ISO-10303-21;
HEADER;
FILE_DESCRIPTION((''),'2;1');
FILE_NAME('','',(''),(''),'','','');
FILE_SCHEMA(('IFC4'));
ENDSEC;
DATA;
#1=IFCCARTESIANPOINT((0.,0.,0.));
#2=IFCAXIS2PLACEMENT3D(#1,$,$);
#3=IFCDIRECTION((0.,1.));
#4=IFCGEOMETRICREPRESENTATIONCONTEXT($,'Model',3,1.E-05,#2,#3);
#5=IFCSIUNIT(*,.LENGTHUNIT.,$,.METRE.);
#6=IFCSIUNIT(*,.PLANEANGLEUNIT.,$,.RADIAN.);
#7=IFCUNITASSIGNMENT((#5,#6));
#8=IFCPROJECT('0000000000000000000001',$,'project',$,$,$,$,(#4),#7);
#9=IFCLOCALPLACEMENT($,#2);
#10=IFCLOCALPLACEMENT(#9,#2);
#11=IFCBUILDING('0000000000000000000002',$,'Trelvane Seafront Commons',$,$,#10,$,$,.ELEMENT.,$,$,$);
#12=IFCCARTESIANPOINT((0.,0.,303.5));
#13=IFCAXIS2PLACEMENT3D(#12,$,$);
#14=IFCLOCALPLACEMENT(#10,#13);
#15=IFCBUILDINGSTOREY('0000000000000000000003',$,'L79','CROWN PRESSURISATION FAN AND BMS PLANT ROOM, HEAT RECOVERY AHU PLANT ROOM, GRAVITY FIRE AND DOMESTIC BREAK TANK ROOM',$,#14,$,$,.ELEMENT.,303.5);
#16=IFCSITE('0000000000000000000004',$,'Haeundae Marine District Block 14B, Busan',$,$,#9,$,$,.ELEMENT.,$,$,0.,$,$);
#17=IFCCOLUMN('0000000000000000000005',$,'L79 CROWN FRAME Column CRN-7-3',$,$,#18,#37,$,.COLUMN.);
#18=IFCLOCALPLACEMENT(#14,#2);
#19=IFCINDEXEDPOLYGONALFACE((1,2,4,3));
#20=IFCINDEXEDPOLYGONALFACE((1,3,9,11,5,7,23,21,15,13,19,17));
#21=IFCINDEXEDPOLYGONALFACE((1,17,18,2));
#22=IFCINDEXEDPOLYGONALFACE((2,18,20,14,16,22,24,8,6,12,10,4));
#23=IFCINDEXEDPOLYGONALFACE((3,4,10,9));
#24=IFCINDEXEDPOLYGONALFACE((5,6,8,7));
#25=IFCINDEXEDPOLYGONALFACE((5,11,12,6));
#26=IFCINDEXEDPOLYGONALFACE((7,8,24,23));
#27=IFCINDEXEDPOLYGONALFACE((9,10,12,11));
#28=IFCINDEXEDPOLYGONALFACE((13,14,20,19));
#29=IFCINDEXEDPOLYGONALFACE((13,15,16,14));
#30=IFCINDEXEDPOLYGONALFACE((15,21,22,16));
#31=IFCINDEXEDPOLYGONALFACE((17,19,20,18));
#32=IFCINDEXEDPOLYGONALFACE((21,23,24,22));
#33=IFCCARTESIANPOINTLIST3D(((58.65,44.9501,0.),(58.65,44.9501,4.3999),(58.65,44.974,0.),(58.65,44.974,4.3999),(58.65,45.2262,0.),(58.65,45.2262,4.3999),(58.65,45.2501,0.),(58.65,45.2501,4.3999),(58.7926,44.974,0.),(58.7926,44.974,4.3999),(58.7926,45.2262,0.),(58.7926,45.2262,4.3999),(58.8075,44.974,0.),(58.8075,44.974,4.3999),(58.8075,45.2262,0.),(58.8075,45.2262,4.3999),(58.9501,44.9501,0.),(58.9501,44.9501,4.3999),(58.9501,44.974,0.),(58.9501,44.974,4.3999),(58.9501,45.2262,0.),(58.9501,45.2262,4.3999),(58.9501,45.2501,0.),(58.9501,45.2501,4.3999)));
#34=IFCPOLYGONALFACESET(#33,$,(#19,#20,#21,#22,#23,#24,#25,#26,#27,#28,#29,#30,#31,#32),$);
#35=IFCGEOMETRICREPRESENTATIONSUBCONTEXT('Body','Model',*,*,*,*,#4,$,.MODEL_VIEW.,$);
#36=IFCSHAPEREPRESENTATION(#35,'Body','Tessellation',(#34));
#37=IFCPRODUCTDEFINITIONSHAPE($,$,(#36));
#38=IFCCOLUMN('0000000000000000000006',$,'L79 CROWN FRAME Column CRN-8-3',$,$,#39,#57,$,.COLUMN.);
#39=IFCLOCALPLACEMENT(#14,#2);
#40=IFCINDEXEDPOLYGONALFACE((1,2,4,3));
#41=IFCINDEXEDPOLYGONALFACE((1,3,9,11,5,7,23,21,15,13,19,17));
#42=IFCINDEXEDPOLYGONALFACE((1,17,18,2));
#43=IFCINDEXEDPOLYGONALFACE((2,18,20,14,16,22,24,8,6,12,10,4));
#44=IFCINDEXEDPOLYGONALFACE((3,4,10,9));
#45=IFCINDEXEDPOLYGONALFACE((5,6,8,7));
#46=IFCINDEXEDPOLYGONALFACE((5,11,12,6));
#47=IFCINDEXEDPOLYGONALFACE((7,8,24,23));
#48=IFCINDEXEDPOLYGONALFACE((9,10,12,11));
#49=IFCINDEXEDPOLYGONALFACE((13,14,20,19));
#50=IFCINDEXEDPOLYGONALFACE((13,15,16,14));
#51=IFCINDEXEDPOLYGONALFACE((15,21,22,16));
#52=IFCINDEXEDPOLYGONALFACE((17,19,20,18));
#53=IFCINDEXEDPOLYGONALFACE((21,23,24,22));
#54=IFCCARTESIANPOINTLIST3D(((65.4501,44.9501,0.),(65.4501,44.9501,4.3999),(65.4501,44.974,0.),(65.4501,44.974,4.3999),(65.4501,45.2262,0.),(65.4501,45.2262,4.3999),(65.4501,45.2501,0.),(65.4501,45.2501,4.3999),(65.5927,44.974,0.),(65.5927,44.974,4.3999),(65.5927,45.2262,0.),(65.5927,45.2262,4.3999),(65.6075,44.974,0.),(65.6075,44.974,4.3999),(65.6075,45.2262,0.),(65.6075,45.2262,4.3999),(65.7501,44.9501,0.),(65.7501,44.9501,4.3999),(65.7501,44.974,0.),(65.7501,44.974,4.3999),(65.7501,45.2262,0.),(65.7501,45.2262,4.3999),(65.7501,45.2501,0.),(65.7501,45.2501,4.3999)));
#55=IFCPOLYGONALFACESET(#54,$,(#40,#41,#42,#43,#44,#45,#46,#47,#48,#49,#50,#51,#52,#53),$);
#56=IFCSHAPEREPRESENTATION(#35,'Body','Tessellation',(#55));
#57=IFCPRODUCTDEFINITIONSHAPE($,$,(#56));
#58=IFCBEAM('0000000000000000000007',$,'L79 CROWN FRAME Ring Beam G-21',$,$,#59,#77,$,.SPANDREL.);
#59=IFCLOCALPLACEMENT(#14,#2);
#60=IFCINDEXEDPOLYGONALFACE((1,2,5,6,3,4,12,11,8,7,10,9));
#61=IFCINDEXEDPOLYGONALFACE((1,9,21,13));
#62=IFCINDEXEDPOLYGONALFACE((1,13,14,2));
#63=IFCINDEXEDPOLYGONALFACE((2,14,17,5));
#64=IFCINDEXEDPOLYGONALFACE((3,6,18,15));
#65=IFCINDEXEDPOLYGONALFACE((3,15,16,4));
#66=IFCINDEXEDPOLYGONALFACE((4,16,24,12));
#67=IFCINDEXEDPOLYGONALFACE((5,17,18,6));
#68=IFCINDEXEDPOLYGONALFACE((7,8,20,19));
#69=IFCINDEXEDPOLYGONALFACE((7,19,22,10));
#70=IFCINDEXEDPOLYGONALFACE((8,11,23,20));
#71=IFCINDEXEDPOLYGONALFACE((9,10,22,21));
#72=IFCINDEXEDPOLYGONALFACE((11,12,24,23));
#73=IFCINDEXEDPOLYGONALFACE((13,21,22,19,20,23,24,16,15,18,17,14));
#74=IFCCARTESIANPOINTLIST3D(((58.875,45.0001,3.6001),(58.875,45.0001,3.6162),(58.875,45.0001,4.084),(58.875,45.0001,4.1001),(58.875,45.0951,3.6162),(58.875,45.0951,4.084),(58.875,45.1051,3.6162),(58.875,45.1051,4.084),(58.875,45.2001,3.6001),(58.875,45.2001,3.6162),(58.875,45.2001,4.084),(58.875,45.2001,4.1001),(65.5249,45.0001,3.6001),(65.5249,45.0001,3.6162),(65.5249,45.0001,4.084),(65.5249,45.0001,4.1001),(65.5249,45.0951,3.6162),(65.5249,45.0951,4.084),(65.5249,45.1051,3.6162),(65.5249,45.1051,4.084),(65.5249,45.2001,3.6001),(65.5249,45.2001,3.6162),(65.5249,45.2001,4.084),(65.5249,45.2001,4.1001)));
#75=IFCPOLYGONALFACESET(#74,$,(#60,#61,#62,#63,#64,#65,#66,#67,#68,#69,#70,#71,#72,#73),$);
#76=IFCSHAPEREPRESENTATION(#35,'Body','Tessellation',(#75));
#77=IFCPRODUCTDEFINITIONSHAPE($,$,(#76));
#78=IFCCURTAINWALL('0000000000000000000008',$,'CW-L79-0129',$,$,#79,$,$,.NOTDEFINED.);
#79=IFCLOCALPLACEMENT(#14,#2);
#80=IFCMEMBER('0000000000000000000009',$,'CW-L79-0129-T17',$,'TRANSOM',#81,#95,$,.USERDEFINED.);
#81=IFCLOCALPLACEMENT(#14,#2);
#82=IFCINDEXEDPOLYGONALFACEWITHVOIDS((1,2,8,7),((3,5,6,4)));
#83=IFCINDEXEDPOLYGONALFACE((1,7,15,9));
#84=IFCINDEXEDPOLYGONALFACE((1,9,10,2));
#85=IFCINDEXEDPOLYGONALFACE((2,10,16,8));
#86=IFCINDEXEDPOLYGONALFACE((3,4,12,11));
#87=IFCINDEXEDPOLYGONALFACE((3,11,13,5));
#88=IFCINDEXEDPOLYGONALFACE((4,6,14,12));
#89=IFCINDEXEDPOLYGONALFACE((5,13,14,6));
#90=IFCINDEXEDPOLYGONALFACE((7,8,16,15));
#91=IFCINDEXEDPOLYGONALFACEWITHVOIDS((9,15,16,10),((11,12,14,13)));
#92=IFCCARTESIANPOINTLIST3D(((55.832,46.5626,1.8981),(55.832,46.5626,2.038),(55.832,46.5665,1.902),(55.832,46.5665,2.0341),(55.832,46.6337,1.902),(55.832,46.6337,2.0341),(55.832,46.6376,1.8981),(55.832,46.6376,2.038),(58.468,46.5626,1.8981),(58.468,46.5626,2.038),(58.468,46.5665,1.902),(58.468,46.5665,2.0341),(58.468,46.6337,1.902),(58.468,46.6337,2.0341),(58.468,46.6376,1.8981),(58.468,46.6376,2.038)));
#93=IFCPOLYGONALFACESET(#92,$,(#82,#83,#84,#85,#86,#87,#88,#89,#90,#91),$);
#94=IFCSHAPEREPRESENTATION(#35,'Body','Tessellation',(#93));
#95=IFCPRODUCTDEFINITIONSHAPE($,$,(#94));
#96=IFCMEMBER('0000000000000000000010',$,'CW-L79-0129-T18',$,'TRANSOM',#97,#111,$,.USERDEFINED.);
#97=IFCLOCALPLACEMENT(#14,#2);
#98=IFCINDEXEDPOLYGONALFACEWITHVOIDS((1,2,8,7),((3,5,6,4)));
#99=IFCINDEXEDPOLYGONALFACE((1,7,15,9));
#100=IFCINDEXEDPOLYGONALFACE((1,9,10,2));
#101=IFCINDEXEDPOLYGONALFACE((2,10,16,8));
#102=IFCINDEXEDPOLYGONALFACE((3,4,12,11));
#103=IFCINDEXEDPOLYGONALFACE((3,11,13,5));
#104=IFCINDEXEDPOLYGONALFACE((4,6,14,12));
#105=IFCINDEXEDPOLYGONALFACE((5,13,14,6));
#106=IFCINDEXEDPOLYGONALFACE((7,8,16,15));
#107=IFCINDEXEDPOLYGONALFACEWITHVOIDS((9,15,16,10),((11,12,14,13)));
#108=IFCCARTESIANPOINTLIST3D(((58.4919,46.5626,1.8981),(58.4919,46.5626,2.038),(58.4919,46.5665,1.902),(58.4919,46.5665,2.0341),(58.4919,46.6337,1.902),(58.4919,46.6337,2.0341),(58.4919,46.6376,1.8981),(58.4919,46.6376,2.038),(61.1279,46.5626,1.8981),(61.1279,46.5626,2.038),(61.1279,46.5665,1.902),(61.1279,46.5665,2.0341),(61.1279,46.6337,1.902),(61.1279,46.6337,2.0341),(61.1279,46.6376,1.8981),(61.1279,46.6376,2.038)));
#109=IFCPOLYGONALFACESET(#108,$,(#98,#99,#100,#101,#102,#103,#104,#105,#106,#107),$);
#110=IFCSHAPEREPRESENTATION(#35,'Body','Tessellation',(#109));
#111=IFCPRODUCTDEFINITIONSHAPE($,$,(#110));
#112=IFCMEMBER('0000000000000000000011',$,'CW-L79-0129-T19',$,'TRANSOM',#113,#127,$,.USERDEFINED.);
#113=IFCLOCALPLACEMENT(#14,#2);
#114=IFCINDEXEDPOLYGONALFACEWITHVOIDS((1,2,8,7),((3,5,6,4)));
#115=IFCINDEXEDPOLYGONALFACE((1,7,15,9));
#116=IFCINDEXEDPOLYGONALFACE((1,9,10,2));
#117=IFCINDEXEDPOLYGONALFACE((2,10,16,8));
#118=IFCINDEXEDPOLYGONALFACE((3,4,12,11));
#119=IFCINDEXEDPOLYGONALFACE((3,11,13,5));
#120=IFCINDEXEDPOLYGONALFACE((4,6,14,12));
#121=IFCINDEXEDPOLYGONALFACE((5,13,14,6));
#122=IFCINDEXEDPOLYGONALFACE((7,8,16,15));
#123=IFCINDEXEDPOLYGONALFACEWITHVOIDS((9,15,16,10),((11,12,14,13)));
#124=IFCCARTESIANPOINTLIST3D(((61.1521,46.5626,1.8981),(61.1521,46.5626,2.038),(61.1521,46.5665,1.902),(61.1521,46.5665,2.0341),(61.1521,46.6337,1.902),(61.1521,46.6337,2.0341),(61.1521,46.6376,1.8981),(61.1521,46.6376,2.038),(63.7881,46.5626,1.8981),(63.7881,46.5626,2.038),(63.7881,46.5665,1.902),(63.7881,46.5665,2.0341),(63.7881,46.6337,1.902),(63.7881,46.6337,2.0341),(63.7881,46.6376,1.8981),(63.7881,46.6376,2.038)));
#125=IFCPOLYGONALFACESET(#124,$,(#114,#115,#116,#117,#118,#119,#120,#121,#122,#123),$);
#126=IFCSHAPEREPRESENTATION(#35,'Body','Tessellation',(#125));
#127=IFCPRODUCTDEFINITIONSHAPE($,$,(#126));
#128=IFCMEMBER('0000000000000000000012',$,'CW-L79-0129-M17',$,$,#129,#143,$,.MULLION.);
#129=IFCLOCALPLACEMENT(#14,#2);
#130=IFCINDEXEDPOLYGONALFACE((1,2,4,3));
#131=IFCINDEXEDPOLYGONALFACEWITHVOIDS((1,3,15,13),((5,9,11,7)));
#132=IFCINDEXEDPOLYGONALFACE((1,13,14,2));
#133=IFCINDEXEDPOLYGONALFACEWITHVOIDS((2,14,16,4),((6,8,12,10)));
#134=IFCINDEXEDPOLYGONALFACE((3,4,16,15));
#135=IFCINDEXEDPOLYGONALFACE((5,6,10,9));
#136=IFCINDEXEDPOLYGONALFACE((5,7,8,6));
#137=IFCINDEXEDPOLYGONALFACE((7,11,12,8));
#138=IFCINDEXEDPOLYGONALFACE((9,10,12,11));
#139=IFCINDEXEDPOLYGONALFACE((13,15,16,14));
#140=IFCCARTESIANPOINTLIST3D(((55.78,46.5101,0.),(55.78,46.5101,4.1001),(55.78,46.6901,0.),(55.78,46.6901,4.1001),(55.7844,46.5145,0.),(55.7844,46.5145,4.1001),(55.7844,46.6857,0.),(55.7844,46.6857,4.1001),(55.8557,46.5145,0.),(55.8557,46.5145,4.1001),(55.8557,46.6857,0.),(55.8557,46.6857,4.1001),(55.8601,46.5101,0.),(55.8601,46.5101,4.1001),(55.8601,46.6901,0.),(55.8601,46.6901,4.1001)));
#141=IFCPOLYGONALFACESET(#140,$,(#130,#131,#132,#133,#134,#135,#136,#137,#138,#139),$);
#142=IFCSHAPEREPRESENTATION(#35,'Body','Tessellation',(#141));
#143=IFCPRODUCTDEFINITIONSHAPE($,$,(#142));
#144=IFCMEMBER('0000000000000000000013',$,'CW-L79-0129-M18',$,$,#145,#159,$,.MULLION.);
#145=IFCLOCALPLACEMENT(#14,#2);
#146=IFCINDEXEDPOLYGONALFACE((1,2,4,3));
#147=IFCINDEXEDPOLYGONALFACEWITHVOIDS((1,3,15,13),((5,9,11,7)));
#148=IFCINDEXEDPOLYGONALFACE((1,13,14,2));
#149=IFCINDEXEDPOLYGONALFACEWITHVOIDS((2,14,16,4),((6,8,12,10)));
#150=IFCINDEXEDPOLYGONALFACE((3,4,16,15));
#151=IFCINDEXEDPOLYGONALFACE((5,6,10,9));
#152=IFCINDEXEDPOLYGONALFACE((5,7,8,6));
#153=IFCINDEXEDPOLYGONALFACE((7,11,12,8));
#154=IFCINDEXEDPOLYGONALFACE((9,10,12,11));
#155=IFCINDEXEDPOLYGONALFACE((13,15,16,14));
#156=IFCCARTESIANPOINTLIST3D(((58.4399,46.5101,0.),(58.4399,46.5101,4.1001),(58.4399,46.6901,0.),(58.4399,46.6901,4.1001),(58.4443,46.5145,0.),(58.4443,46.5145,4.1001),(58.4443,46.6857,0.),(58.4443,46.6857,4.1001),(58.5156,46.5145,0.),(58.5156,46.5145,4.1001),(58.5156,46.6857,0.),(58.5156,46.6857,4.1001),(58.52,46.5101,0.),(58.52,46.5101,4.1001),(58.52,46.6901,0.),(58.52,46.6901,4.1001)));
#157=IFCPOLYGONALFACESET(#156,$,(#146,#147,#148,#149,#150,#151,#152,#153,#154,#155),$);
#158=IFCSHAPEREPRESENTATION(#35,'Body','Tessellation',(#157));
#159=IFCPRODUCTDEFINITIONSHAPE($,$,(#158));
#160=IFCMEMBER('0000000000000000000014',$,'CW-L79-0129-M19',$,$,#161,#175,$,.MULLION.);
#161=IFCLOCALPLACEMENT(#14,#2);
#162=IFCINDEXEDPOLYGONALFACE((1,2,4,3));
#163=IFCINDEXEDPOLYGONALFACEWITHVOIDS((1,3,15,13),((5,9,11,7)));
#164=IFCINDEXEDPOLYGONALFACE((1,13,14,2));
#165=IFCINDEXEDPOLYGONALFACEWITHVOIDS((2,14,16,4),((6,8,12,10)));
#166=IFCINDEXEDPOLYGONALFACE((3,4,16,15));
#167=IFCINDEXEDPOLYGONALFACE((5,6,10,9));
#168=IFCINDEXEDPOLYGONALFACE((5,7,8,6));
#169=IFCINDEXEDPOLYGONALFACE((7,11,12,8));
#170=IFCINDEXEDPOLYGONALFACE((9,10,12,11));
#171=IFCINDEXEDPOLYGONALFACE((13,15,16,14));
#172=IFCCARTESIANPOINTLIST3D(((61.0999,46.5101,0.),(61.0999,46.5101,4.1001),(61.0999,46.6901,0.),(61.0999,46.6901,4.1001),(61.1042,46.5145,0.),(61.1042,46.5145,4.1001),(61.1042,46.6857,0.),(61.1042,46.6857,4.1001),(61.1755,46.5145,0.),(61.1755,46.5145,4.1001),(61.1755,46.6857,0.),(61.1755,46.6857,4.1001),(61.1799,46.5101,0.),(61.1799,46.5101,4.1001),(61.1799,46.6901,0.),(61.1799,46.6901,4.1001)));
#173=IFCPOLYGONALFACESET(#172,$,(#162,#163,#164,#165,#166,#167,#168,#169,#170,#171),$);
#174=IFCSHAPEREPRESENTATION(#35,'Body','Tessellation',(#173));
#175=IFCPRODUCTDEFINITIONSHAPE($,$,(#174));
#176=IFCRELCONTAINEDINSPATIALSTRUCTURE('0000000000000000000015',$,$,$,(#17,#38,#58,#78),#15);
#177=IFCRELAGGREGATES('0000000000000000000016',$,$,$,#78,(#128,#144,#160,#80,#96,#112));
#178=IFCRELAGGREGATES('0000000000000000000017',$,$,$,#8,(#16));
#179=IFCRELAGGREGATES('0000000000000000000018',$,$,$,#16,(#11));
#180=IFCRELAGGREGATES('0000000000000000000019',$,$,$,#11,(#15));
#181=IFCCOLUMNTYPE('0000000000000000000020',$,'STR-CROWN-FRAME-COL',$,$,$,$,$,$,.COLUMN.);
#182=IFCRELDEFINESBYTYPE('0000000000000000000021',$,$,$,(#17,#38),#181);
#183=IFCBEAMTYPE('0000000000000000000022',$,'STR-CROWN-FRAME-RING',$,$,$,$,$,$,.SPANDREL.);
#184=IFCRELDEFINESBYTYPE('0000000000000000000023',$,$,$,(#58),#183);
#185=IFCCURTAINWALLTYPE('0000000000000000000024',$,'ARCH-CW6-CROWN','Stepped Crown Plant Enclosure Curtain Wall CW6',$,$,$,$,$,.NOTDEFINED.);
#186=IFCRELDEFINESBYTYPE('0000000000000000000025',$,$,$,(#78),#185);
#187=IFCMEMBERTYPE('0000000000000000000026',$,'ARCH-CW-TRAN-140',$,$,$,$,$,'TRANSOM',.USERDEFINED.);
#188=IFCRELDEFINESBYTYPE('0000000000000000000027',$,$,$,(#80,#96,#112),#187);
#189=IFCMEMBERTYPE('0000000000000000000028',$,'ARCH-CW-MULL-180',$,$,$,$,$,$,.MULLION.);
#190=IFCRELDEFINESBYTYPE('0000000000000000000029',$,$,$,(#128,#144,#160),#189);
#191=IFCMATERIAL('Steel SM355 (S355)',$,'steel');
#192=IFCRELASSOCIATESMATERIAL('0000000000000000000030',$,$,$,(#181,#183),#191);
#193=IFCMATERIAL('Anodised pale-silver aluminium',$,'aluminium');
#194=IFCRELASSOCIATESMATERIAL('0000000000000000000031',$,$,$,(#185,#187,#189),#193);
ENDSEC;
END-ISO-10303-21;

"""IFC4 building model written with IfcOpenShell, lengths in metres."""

from ifc_helpers import new_model, si_unit, direction, frame, origin, origin_2d, place, context, subcontext, project, spatial, hollow_rectangle, i_section, extrude, source, transform, mapped, material, material_profile, profile_set, type_object, element, aggregate, save


model = new_model("IFC4")

# Units and contexts
model_context = context("Model", 3, precision=1e-05, world=origin(), true_north=direction((0.0, 1.0)))
body_context = subcontext(model_context, "Body", "Model", "MODEL_VIEW")
ifc_project = project(units=[si_unit("LENGTHUNIT", "METRE"), si_unit("PLANEANGLEUNIT", "RADIAN")], contexts=[model_context])

# Site, building, storey
site_placement = place(None, origin())
site = spatial("IfcSite", under=ifc_project, at=site_placement, Name="Haeundae Marine District Block 14B, Busan", CompositionType="ELEMENT", RefElevation=0.0)
building_placement = place(site_placement, origin())
building = spatial("IfcBuilding", under=site, at=building_placement, Name="Trelvane Seafront Commons", CompositionType="ELEMENT")
storey_placement = place(building_placement, frame((0.0, 0.0, 303.5)))
storey = spatial("IfcBuildingStorey", under=building, at=storey_placement, Name="L79", Description="CROWN PRESSURISATION FAN AND BMS PLANT ROOM, HEAT RECOVERY AHU PLANT ROOM, GRAVITY FIRE AND DOMESTIC BREAK TANK ROOM", CompositionType="ELEMENT", Elevation=303.5)

# Columns
ifc_material_1 = material(Name="Steel SM355 (S355)", Category="steel")
ifc_material_profile_1 = material_profile(ifc_material_1, i_section(OverallWidth=0.3, OverallDepth=0.3, WebThickness=0.0149, FlangeThickness=0.0239, at=origin_2d()), Name="HD-300x300x15x24")
ifc_profile_set_1 = profile_set([ifc_material_profile_1], Name="Steel SM355 (S355)")
column_type = type_object("IfcColumnType", Name="STR-CROWN-FRAME-COL", PredefinedType="COLUMN", material=ifc_profile_set_1)
shared_shape_1 = source(origin(), body_context, "Body", "SweptSolid", [
    extrude(i_section(OverallWidth=0.3, OverallDepth=0.3, WebThickness=0.0149, FlangeThickness=0.0239, at=origin_2d()), origin(), (0.0, 0.0, 1.0), 4.3999),
])
for number, where, z_axis, x_axis, name in (
    (1, (58.8, 45.1001, 0.0), (0.0, 0.0, 1.0), (1.0, 0.0, 0.0), "L79 CROWN FRAME Column CRN-7-3"),
    (2, (65.6001, 45.1001, 0.0), (0.0, 0.0, 1.0), (1.0, 0.0, 0.0), "L79 CROWN FRAME Column CRN-8-3"),
):
    element("IfcColumn", number, at=place(storey_placement, frame(where, z_axis=z_axis, x_axis=x_axis)), inside=storey, type_object=column_type, Name=name, PredefinedType="COLUMN", context=body_context, shape_type="MappedRepresentation", body=[
        mapped(shared_shape_1, transform((0.0, 0.0, 0.0), x_axis=(1.0, 0.0, 0.0), y_axis=(0.0, 1.0, 0.0), z_axis=(0.0, 0.0, 1.0), scale=1.0)),
    ])

# Beam
ifc_material_profile_2 = material_profile(ifc_material_1, i_section(OverallWidth=0.2, OverallDepth=0.5, WebThickness=0.01, FlangeThickness=0.0161, at=origin_2d()), Name="H-500x200x10x16")
ifc_profile_set_2 = profile_set([ifc_material_profile_2], Name="Steel SM355 (S355)")
beam_type = type_object("IfcBeamType", Name="STR-CROWN-FRAME-RING", PredefinedType="SPANDREL", material=ifc_profile_set_2)
shared_shape_2 = source(origin(), body_context, "Body", "SweptSolid", [
    extrude(i_section(OverallWidth=0.2, OverallDepth=0.5, WebThickness=0.01, FlangeThickness=0.0161, at=origin_2d()), origin(), (0.0, 0.0, 1.0), 6.6499),
])
beam_placement = place(storey_placement, frame((58.875, 45.1001, 3.8501), z_axis=(1.0, 0.0, 0.0), x_axis=(0.0, 1.0, 0.0)))
element("IfcBeam", 3, at=beam_placement, inside=storey, type_object=beam_type, Name="L79 CROWN FRAME Ring Beam G-21", PredefinedType="SPANDREL", context=body_context, shape_type="MappedRepresentation", body=[
    mapped(shared_shape_2, transform((0.0, 0.0, 0.0), x_axis=(1.0, 0.0, 0.0), y_axis=(0.0, 1.0, 0.0), z_axis=(0.0, 0.0, 1.0), scale=1.0)),
])

# Curtain wall, members
ifc_material_2 = material(Name="Anodised pale-silver aluminium", Category="aluminium")
curtain_wall_type = type_object("IfcCurtainWallType", Name="ARCH-CW6-CROWN", Description="Stepped Crown Plant Enclosure Curtain Wall CW6", PredefinedType="NOTDEFINED", material=ifc_material_2)
curtain_wall_1_placement = place(storey_placement, origin())
curtain_wall_1 = element("IfcCurtainWall", 4, at=curtain_wall_1_placement, inside=storey, type_object=curtain_wall_type, Name="CW-L79-0129", PredefinedType="NOTDEFINED")
ifc_material_profile_3 = material_profile(ifc_material_2, hollow_rectangle(XDim=0.075, YDim=0.1399, WallThickness=0.0039, at=origin_2d()), Name="TRAN-75x140x4")
ifc_profile_set_3 = profile_set([ifc_material_profile_3], Name="Anodised pale-silver aluminium")
member_type_1 = type_object("IfcMemberType", Name="ARCH-CW-TRAN-140", ElementType="TRANSOM", PredefinedType="USERDEFINED", material=ifc_profile_set_3)
shared_shape_3 = source(origin(), body_context, "Body", "SweptSolid", [
    extrude(hollow_rectangle(XDim=0.075, YDim=0.1399, WallThickness=0.0039, at=origin_2d()), origin(), (0.0, 0.0, 1.0), 2.636),
])
member_1_placement = place(storey_placement, frame((55.832, 46.6001, 1.968), z_axis=(1.0, 0.0, 0.0), x_axis=(0.0, 1.0, 0.0)))
member_1 = element("IfcMember", 5, at=member_1_placement, type_object=member_type_1, Name="CW-L79-0129-T17", ObjectType="TRANSOM", PredefinedType="USERDEFINED", context=body_context, shape_type="MappedRepresentation", body=[
    mapped(shared_shape_3, transform((0.0, 0.0, 0.0), x_axis=(1.0, 0.0, 0.0), y_axis=(0.0, 1.0, 0.0), z_axis=(0.0, 0.0, 1.0), scale=1.0)),
])
member_2_placement = place(storey_placement, frame((58.4919, 46.6001, 1.968), z_axis=(1.0, 0.0, 0.0), x_axis=(0.0, 1.0, 0.0)))
member_2 = element("IfcMember", 6, at=member_2_placement, type_object=member_type_1, Name="CW-L79-0129-T18", ObjectType="TRANSOM", PredefinedType="USERDEFINED", context=body_context, shape_type="MappedRepresentation", body=[
    mapped(shared_shape_3, transform((0.0, 0.0, 0.0), x_axis=(1.0, 0.0, 0.0), y_axis=(0.0, 1.0, 0.0), z_axis=(0.0, 0.0, 1.0), scale=1.0)),
])
member_3_placement = place(storey_placement, frame((61.1521, 46.6001, 1.968), z_axis=(1.0, 0.0, 0.0), x_axis=(0.0, 1.0, 0.0)))
member_3 = element("IfcMember", 7, at=member_3_placement, type_object=member_type_1, Name="CW-L79-0129-T19", ObjectType="TRANSOM", PredefinedType="USERDEFINED", context=body_context, shape_type="MappedRepresentation", body=[
    mapped(shared_shape_3, transform((0.0, 0.0, 0.0), x_axis=(1.0, 0.0, 0.0), y_axis=(0.0, 1.0, 0.0), z_axis=(0.0, 0.0, 1.0), scale=1.0)),
])
ifc_material_profile_4 = material_profile(ifc_material_2, hollow_rectangle(XDim=0.0801, YDim=0.1799, WallThickness=0.0044, at=origin_2d()), Name="MULL-80x180x4.5")
ifc_profile_set_4 = profile_set([ifc_material_profile_4], Name="Anodised pale-silver aluminium")
member_type_2 = type_object("IfcMemberType", Name="ARCH-CW-MULL-180", PredefinedType="MULLION", material=ifc_profile_set_4)
shared_shape_4 = source(origin(), body_context, "Body", "SweptSolid", [
    extrude(hollow_rectangle(XDim=0.0801, YDim=0.1799, WallThickness=0.0044, at=origin_2d()), origin(), (0.0, 0.0, 1.0), 4.1001),
])
member_4_placement = place(storey_placement, frame((55.8201, 46.6001, 0.0), z_axis=(0.0, 0.0, 1.0), x_axis=(1.0, 0.0, 0.0)))
member_4 = element("IfcMember", 8, at=member_4_placement, type_object=member_type_2, Name="CW-L79-0129-M17", PredefinedType="MULLION", context=body_context, shape_type="MappedRepresentation", body=[
    mapped(shared_shape_4, transform((0.0, 0.0, 0.0), x_axis=(1.0, 0.0, 0.0), y_axis=(0.0, 1.0, 0.0), z_axis=(0.0, 0.0, 1.0), scale=1.0)),
])
member_5_placement = place(storey_placement, frame((58.48, 46.6001, 0.0), z_axis=(0.0, 0.0, 1.0), x_axis=(1.0, 0.0, 0.0)))
member_5 = element("IfcMember", 9, at=member_5_placement, type_object=member_type_2, Name="CW-L79-0129-M18", PredefinedType="MULLION", context=body_context, shape_type="MappedRepresentation", body=[
    mapped(shared_shape_4, transform((0.0, 0.0, 0.0), x_axis=(1.0, 0.0, 0.0), y_axis=(0.0, 1.0, 0.0), z_axis=(0.0, 0.0, 1.0), scale=1.0)),
])
member_6_placement = place(storey_placement, frame((61.1399, 46.6001, 0.0), z_axis=(0.0, 0.0, 1.0), x_axis=(1.0, 0.0, 0.0)))
member_6 = element("IfcMember", 10, at=member_6_placement, type_object=member_type_2, Name="CW-L79-0129-M19", PredefinedType="MULLION", context=body_context, shape_type="MappedRepresentation", body=[
    mapped(shared_shape_4, transform((0.0, 0.0, 0.0), x_axis=(1.0, 0.0, 0.0), y_axis=(0.0, 1.0, 0.0), z_axis=(0.0, 0.0, 1.0), scale=1.0)),
])

aggregate(curtain_wall_1, [member_4, member_5, member_6, member_1, member_2, member_3])

save(model, "model.ifc")
